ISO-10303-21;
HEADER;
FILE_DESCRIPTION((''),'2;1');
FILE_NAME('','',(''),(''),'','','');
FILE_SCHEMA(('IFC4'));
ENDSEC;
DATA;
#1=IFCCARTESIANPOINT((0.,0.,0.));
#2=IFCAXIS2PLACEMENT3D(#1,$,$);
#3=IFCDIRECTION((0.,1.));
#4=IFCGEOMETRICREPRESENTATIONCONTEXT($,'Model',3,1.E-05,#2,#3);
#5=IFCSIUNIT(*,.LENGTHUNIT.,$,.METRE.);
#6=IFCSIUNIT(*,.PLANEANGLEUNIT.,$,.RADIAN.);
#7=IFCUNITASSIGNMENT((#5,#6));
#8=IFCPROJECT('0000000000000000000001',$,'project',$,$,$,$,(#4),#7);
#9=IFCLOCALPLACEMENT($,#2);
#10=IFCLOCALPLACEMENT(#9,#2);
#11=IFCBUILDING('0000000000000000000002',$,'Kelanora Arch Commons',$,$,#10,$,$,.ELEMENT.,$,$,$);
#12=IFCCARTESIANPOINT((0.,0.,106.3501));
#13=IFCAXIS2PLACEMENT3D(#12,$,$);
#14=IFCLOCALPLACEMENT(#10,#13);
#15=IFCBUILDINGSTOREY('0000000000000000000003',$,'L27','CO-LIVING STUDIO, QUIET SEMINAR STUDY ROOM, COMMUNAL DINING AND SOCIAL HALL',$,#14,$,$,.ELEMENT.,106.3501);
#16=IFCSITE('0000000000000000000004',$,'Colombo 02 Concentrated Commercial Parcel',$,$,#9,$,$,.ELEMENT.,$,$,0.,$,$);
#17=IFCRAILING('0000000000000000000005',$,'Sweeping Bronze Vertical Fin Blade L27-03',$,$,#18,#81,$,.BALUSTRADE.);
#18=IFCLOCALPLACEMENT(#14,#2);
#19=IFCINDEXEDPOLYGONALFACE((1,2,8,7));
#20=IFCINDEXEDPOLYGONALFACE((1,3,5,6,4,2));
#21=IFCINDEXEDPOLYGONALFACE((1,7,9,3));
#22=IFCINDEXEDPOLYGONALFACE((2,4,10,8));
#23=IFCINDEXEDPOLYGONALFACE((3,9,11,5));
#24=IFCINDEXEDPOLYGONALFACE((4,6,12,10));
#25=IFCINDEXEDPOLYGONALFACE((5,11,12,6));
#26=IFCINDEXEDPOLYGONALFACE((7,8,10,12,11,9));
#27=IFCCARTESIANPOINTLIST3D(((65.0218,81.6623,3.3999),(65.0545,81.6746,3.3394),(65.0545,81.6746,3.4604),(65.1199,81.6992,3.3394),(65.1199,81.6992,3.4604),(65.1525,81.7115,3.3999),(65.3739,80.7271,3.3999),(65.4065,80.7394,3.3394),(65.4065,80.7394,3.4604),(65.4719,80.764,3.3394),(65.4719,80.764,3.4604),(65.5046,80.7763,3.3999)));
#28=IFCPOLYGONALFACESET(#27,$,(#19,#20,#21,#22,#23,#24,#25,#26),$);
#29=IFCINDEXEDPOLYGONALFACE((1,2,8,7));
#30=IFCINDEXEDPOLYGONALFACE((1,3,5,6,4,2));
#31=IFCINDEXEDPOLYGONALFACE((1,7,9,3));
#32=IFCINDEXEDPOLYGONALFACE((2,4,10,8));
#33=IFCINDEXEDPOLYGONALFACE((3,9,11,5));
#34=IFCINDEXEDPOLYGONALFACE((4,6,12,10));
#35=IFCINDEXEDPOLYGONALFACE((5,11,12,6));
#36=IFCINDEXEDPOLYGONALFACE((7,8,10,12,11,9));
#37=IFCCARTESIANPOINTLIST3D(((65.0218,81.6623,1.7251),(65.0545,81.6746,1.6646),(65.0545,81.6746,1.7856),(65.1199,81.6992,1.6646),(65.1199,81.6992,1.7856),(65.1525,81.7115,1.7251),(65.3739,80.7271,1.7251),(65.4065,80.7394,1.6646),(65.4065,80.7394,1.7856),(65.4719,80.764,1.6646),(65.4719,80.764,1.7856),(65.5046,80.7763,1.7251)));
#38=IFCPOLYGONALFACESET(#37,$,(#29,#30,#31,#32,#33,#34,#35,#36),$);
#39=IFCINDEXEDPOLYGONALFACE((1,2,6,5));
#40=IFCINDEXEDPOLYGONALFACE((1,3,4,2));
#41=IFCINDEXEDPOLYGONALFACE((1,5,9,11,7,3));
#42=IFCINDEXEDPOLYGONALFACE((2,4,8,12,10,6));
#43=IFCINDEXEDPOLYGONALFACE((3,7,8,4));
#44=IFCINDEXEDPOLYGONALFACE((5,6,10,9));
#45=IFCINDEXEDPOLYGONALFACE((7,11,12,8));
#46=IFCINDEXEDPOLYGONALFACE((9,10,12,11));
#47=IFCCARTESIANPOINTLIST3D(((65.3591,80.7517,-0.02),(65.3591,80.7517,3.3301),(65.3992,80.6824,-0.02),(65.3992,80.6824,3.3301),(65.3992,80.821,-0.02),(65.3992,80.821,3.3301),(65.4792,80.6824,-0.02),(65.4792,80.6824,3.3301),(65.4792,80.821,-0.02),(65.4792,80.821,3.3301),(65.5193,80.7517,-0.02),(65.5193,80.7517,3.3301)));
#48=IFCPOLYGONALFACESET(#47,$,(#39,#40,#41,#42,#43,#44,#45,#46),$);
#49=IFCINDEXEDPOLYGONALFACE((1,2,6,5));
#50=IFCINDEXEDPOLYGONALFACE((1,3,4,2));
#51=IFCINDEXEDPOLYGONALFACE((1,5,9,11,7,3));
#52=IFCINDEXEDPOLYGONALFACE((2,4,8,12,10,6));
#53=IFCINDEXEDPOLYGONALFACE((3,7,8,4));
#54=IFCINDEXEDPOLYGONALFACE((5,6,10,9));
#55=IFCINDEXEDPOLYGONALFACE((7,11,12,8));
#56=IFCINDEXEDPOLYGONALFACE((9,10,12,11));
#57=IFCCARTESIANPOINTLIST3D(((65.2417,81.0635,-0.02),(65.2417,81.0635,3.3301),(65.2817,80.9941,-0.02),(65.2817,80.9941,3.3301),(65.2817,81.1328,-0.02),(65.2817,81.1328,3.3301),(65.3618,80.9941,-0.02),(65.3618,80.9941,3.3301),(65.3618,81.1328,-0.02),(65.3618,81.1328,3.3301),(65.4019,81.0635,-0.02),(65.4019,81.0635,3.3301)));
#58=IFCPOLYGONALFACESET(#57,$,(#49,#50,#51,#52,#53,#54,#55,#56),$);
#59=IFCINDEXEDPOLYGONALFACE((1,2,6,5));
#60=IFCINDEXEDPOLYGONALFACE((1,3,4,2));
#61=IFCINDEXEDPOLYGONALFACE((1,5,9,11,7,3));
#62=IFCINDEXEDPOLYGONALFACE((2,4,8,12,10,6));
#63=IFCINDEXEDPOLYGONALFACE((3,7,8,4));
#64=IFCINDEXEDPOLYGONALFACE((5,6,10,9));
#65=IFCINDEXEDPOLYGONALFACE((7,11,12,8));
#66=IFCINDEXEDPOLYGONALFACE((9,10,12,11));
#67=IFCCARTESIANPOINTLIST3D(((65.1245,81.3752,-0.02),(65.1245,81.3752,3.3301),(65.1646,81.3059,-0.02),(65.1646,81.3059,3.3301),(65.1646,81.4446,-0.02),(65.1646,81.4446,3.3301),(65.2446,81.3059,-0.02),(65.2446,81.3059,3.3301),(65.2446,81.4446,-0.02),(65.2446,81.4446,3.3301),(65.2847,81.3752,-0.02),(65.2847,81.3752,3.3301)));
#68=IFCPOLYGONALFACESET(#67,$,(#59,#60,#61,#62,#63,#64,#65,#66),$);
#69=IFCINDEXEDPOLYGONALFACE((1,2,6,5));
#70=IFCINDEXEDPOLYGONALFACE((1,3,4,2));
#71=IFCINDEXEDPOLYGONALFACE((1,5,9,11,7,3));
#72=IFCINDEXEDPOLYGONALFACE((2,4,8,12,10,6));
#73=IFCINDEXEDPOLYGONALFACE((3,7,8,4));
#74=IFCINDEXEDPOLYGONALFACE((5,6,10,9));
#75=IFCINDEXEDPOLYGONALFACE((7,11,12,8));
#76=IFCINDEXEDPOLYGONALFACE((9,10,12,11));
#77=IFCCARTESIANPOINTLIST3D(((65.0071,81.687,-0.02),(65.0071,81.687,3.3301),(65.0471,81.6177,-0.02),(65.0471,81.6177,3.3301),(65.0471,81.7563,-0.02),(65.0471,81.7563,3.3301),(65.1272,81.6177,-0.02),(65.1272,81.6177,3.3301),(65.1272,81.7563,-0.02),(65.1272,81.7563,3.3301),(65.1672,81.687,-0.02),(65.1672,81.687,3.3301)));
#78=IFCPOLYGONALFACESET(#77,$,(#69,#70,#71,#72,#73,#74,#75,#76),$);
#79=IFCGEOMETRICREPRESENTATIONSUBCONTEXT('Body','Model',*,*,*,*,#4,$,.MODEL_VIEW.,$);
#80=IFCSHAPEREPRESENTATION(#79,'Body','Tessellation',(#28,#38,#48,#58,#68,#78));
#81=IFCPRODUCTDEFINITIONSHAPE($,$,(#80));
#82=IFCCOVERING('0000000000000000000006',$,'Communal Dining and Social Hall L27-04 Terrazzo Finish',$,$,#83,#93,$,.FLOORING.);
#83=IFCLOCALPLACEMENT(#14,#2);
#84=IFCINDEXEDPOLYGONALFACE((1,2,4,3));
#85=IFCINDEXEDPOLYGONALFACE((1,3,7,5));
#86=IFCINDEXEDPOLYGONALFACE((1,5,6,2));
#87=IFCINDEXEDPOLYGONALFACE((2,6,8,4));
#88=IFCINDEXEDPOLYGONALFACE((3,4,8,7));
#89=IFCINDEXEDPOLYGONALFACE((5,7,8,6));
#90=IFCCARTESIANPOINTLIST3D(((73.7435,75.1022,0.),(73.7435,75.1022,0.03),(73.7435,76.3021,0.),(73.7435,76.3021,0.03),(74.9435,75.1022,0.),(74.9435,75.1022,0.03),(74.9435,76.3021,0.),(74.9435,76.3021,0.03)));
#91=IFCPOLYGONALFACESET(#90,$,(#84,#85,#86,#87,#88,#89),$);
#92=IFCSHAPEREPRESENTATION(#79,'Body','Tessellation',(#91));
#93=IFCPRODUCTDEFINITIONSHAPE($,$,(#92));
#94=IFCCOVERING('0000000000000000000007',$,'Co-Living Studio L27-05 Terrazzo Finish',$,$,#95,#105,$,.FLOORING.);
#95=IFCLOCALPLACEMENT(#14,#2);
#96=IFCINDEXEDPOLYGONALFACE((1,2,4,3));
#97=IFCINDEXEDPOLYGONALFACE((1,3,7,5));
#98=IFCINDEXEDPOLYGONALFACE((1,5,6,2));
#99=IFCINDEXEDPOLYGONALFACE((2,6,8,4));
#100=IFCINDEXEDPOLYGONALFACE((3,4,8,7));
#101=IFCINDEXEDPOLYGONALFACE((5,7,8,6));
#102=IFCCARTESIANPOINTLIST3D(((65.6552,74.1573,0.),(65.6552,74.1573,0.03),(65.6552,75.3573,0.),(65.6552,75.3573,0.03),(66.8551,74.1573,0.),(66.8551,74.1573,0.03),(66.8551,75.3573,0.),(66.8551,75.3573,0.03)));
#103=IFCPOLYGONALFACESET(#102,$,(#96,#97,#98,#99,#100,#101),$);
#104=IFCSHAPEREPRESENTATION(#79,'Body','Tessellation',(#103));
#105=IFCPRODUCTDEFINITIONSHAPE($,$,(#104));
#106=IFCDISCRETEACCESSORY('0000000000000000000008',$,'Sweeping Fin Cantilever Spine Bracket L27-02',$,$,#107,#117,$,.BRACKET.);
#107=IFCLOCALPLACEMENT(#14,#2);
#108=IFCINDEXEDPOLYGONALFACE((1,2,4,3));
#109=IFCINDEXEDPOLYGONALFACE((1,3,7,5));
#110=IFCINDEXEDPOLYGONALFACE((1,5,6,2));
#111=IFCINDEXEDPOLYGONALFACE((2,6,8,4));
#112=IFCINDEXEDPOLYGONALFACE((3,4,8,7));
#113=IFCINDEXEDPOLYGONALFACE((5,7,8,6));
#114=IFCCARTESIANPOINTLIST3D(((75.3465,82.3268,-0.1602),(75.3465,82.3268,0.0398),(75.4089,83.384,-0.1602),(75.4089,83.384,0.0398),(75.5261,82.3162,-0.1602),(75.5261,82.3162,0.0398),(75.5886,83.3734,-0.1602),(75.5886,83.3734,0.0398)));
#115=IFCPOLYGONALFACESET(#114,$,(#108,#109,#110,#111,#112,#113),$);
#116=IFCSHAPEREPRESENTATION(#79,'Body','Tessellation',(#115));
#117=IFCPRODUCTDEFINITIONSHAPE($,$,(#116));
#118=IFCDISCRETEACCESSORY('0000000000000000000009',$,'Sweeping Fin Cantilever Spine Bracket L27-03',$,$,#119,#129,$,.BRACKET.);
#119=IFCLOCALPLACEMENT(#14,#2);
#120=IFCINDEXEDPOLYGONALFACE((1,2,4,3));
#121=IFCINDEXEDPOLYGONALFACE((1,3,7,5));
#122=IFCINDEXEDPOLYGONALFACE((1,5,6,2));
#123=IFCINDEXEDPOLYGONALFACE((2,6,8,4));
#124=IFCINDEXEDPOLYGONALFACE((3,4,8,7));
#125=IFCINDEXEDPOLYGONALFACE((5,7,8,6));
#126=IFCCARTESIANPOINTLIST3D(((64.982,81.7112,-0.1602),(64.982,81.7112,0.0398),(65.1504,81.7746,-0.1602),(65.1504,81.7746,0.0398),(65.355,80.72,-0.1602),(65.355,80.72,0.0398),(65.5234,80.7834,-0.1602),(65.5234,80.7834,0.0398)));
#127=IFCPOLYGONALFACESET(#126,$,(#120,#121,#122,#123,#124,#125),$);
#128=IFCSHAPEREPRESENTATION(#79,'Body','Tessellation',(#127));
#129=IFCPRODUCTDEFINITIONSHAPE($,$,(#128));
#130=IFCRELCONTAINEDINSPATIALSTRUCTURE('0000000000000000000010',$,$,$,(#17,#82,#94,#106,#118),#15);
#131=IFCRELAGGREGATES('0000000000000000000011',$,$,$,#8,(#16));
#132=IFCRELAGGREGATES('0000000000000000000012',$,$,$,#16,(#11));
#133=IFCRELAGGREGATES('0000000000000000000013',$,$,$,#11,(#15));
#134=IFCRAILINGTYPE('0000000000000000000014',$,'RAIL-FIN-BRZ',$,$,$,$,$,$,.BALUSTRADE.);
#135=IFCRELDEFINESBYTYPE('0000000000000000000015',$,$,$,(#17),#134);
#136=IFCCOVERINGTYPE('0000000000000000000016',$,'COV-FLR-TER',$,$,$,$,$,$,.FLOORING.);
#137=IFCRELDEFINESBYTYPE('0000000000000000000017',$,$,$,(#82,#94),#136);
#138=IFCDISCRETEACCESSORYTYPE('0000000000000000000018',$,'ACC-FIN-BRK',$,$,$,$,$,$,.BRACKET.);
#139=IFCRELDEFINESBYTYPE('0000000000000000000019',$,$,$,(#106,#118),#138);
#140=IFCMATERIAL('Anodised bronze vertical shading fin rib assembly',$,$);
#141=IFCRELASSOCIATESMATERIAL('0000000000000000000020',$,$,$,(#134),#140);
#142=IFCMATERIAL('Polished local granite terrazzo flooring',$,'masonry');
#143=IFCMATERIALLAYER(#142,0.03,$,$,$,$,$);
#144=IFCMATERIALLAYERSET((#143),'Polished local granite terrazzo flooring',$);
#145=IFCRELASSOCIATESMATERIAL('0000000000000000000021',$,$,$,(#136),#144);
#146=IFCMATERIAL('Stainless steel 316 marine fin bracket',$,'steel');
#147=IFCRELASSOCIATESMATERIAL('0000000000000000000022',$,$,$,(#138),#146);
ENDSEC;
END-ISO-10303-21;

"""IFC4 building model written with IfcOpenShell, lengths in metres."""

from ifc_helpers import new_model, si_unit, direction, frame, origin, origin_2d, place, context, subcontext, project, spatial, polyline, rectangle, outline, extrude, source, transform, mapped, material, layer, layer_set, type_object, element, save


model = new_model("IFC4")

# Units and contexts
model_context = context("Model", 3, precision=1e-05, world=origin(), true_north=direction((0.0, 1.0)))
body_context = subcontext(model_context, "Body", "Model", "MODEL_VIEW")
ifc_project = project(units=[si_unit("LENGTHUNIT", "METRE"), si_unit("PLANEANGLEUNIT", "RADIAN")], contexts=[model_context])

# Site, building, storey
site_placement = place(None, origin())
site = spatial("IfcSite", under=ifc_project, at=site_placement, Name="Colombo 02 Concentrated Commercial Parcel", CompositionType="ELEMENT", RefElevation=0.0)
building_placement = place(site_placement, origin())
building = spatial("IfcBuilding", under=site, at=building_placement, Name="Kelanora Arch Commons", CompositionType="ELEMENT")
storey_placement = place(building_placement, frame((0.0, 0.0, 106.3501)))
storey = spatial("IfcBuildingStorey", under=building, at=storey_placement, Name="L27", Description="CO-LIVING STUDIO, QUIET SEMINAR STUDY ROOM, COMMUNAL DINING AND SOCIAL HALL", CompositionType="ELEMENT", Elevation=106.3501)

# Railing
ifc_material_1 = material(Name="Anodised bronze vertical shading fin rib assembly")
railing_type = type_object("IfcRailingType", Name="RAIL-FIN-BRZ", PredefinedType="BALUSTRADE", material=ifc_material_1)
railing_1_placement = place(storey_placement, frame((65.4392, 80.7517, -0.02)))
element("IfcRailing", 1, at=railing_1_placement, inside=storey, type_object=railing_type, Name="Sweeping Bronze Vertical Fin Blade L27-03", PredefinedType="BALUSTRADE", context=body_context, shape_type="SweptSolid", body=[
    extrude(outline(polyline([(0.0698, 0.0), (0.0349, 0.0605), (-0.0349, 0.0605), (-0.0698, 0.0), (-0.0349, -0.0605), (0.0349, -0.0605), (0.0698, 0.0)])), frame((0.0, 0.0, 3.4199), z_axis=(-0.352274, 0.935897, 0.0), x_axis=(-0.935897, -0.352274, 0.0)), (0.0, 0.0, 1.0), 0.9993),
    extrude(outline(polyline([(0.0698, 0.0), (0.0349, 0.0605), (-0.0349, 0.0605), (-0.0698, 0.0), (-0.0349, -0.0605), (0.0349, -0.0605), (0.0698, 0.0)])), frame((0.0, 0.0, 1.7451), z_axis=(-0.352274, 0.935897, 0.0), x_axis=(-0.935897, -0.352274, 0.0)), (0.0, 0.0, 1.0), 0.9993),
    extrude(outline(polyline([(0.0801, 0.0), (0.04, 0.0693), (-0.04, 0.0693), (-0.0801, 0.0), (-0.04, -0.0693), (0.04, -0.0693), (0.0801, 0.0)])), origin(), (0.0, 0.0, 1.0), 3.3501),
    extrude(outline(polyline([(0.0801, 0.0), (0.04, 0.0693), (-0.04, 0.0693), (-0.0801, 0.0), (-0.04, -0.0693), (0.04, -0.0693), (0.0801, 0.0)])), frame((-0.1174, 0.3118, 0.0)), (0.0, 0.0, 1.0), 3.3501),
    extrude(outline(polyline([(0.0801, 0.0), (0.04, 0.0693), (-0.04, 0.0693), (-0.0801, 0.0), (-0.04, -0.0693), (0.04, -0.0693), (0.0801, 0.0)])), frame((-0.2346, 0.6235, 0.0)), (0.0, 0.0, 1.0), 3.3501),
    extrude(outline(polyline([(0.0801, 0.0), (0.04, 0.0693), (-0.04, 0.0693), (-0.0801, 0.0), (-0.04, -0.0693), (0.04, -0.0693), (0.0801, 0.0)])), frame((-0.3521, 0.9353, 0.0)), (0.0, 0.0, 1.0), 3.3501),
])

# Coverings
ifc_material_2 = material(Name="Polished local granite terrazzo flooring", Category="masonry")
ifc_layer_1 = layer(ifc_material_2, 0.03)
ifc_layer_set_1 = layer_set([ifc_layer_1], Name="Polished local granite terrazzo flooring")
covering_type = type_object("IfcCoveringType", Name="COV-FLR-TER", PredefinedType="FLOORING", material=ifc_layer_set_1)
shared_shape_1 = source(origin(), body_context, "Body", "SweptSolid", [
    extrude(rectangle(XDim=1.2, YDim=1.2, at=origin_2d()), origin(), (0.0, 0.0, 1.0), 0.03),
])
for number, where, z_axis, x_axis, name in (
    (2, (74.3435, 75.7021, 0.0), (0.0, 0.0, 1.0), (1.0, 0.0, 0.0), "Communal Dining and Social Hall L27-04 Terrazzo Finish"),
    (3, (66.2551, 74.7573, 0.0), (0.0, 0.0, 1.0), (1.0, 0.0, 0.0), "Co-Living Studio L27-05 Terrazzo Finish"),
):
    element("IfcCovering", number, at=place(storey_placement, frame(where, z_axis=z_axis, x_axis=x_axis)), inside=storey, type_object=covering_type, Name=name, PredefinedType="FLOORING", context=body_context, shape_type="MappedRepresentation", body=[
        mapped(shared_shape_1, transform((0.0, 0.0, 0.0), scale=1.0)),
    ])

# Discrete accessories
ifc_material_3 = material(Name="Stainless steel 316 marine fin bracket", Category="steel")
discrete_accessory_type = type_object("IfcDiscreteAccessoryType", Name="ACC-FIN-BRK", PredefinedType="BRACKET", material=ifc_material_3)
shared_shape_2 = source(origin(), body_context, "Body", "SweptSolid", [
    extrude(rectangle(XDim=1.0591, YDim=0.1799, at=origin_2d()), origin(), (0.0, 0.0, 1.0), 0.2),
])
for number, where, z_axis, x_axis, name in (
    (4, (75.4675, 82.8501, -0.1602), (0.0, 0.0, 1.0), (0.058958, 0.99826, 0.0), "Sweeping Fin Cantilever Spine Bracket L27-02"),
    (5, (65.2527, 81.2473, -0.1602), (0.0, 0.0, 1.0), (-0.352168, 0.935937, 0.0), "Sweeping Fin Cantilever Spine Bracket L27-03"),
):
    element("IfcDiscreteAccessory", number, at=place(storey_placement, frame(where, z_axis=z_axis, x_axis=x_axis)), inside=storey, type_object=discrete_accessory_type, Name=name, PredefinedType="BRACKET", context=body_context, shape_type="MappedRepresentation", body=[
        mapped(shared_shape_2, transform((0.0, 0.0, 0.0), scale=1.0)),
    ])

save(model, "model.ifc")
